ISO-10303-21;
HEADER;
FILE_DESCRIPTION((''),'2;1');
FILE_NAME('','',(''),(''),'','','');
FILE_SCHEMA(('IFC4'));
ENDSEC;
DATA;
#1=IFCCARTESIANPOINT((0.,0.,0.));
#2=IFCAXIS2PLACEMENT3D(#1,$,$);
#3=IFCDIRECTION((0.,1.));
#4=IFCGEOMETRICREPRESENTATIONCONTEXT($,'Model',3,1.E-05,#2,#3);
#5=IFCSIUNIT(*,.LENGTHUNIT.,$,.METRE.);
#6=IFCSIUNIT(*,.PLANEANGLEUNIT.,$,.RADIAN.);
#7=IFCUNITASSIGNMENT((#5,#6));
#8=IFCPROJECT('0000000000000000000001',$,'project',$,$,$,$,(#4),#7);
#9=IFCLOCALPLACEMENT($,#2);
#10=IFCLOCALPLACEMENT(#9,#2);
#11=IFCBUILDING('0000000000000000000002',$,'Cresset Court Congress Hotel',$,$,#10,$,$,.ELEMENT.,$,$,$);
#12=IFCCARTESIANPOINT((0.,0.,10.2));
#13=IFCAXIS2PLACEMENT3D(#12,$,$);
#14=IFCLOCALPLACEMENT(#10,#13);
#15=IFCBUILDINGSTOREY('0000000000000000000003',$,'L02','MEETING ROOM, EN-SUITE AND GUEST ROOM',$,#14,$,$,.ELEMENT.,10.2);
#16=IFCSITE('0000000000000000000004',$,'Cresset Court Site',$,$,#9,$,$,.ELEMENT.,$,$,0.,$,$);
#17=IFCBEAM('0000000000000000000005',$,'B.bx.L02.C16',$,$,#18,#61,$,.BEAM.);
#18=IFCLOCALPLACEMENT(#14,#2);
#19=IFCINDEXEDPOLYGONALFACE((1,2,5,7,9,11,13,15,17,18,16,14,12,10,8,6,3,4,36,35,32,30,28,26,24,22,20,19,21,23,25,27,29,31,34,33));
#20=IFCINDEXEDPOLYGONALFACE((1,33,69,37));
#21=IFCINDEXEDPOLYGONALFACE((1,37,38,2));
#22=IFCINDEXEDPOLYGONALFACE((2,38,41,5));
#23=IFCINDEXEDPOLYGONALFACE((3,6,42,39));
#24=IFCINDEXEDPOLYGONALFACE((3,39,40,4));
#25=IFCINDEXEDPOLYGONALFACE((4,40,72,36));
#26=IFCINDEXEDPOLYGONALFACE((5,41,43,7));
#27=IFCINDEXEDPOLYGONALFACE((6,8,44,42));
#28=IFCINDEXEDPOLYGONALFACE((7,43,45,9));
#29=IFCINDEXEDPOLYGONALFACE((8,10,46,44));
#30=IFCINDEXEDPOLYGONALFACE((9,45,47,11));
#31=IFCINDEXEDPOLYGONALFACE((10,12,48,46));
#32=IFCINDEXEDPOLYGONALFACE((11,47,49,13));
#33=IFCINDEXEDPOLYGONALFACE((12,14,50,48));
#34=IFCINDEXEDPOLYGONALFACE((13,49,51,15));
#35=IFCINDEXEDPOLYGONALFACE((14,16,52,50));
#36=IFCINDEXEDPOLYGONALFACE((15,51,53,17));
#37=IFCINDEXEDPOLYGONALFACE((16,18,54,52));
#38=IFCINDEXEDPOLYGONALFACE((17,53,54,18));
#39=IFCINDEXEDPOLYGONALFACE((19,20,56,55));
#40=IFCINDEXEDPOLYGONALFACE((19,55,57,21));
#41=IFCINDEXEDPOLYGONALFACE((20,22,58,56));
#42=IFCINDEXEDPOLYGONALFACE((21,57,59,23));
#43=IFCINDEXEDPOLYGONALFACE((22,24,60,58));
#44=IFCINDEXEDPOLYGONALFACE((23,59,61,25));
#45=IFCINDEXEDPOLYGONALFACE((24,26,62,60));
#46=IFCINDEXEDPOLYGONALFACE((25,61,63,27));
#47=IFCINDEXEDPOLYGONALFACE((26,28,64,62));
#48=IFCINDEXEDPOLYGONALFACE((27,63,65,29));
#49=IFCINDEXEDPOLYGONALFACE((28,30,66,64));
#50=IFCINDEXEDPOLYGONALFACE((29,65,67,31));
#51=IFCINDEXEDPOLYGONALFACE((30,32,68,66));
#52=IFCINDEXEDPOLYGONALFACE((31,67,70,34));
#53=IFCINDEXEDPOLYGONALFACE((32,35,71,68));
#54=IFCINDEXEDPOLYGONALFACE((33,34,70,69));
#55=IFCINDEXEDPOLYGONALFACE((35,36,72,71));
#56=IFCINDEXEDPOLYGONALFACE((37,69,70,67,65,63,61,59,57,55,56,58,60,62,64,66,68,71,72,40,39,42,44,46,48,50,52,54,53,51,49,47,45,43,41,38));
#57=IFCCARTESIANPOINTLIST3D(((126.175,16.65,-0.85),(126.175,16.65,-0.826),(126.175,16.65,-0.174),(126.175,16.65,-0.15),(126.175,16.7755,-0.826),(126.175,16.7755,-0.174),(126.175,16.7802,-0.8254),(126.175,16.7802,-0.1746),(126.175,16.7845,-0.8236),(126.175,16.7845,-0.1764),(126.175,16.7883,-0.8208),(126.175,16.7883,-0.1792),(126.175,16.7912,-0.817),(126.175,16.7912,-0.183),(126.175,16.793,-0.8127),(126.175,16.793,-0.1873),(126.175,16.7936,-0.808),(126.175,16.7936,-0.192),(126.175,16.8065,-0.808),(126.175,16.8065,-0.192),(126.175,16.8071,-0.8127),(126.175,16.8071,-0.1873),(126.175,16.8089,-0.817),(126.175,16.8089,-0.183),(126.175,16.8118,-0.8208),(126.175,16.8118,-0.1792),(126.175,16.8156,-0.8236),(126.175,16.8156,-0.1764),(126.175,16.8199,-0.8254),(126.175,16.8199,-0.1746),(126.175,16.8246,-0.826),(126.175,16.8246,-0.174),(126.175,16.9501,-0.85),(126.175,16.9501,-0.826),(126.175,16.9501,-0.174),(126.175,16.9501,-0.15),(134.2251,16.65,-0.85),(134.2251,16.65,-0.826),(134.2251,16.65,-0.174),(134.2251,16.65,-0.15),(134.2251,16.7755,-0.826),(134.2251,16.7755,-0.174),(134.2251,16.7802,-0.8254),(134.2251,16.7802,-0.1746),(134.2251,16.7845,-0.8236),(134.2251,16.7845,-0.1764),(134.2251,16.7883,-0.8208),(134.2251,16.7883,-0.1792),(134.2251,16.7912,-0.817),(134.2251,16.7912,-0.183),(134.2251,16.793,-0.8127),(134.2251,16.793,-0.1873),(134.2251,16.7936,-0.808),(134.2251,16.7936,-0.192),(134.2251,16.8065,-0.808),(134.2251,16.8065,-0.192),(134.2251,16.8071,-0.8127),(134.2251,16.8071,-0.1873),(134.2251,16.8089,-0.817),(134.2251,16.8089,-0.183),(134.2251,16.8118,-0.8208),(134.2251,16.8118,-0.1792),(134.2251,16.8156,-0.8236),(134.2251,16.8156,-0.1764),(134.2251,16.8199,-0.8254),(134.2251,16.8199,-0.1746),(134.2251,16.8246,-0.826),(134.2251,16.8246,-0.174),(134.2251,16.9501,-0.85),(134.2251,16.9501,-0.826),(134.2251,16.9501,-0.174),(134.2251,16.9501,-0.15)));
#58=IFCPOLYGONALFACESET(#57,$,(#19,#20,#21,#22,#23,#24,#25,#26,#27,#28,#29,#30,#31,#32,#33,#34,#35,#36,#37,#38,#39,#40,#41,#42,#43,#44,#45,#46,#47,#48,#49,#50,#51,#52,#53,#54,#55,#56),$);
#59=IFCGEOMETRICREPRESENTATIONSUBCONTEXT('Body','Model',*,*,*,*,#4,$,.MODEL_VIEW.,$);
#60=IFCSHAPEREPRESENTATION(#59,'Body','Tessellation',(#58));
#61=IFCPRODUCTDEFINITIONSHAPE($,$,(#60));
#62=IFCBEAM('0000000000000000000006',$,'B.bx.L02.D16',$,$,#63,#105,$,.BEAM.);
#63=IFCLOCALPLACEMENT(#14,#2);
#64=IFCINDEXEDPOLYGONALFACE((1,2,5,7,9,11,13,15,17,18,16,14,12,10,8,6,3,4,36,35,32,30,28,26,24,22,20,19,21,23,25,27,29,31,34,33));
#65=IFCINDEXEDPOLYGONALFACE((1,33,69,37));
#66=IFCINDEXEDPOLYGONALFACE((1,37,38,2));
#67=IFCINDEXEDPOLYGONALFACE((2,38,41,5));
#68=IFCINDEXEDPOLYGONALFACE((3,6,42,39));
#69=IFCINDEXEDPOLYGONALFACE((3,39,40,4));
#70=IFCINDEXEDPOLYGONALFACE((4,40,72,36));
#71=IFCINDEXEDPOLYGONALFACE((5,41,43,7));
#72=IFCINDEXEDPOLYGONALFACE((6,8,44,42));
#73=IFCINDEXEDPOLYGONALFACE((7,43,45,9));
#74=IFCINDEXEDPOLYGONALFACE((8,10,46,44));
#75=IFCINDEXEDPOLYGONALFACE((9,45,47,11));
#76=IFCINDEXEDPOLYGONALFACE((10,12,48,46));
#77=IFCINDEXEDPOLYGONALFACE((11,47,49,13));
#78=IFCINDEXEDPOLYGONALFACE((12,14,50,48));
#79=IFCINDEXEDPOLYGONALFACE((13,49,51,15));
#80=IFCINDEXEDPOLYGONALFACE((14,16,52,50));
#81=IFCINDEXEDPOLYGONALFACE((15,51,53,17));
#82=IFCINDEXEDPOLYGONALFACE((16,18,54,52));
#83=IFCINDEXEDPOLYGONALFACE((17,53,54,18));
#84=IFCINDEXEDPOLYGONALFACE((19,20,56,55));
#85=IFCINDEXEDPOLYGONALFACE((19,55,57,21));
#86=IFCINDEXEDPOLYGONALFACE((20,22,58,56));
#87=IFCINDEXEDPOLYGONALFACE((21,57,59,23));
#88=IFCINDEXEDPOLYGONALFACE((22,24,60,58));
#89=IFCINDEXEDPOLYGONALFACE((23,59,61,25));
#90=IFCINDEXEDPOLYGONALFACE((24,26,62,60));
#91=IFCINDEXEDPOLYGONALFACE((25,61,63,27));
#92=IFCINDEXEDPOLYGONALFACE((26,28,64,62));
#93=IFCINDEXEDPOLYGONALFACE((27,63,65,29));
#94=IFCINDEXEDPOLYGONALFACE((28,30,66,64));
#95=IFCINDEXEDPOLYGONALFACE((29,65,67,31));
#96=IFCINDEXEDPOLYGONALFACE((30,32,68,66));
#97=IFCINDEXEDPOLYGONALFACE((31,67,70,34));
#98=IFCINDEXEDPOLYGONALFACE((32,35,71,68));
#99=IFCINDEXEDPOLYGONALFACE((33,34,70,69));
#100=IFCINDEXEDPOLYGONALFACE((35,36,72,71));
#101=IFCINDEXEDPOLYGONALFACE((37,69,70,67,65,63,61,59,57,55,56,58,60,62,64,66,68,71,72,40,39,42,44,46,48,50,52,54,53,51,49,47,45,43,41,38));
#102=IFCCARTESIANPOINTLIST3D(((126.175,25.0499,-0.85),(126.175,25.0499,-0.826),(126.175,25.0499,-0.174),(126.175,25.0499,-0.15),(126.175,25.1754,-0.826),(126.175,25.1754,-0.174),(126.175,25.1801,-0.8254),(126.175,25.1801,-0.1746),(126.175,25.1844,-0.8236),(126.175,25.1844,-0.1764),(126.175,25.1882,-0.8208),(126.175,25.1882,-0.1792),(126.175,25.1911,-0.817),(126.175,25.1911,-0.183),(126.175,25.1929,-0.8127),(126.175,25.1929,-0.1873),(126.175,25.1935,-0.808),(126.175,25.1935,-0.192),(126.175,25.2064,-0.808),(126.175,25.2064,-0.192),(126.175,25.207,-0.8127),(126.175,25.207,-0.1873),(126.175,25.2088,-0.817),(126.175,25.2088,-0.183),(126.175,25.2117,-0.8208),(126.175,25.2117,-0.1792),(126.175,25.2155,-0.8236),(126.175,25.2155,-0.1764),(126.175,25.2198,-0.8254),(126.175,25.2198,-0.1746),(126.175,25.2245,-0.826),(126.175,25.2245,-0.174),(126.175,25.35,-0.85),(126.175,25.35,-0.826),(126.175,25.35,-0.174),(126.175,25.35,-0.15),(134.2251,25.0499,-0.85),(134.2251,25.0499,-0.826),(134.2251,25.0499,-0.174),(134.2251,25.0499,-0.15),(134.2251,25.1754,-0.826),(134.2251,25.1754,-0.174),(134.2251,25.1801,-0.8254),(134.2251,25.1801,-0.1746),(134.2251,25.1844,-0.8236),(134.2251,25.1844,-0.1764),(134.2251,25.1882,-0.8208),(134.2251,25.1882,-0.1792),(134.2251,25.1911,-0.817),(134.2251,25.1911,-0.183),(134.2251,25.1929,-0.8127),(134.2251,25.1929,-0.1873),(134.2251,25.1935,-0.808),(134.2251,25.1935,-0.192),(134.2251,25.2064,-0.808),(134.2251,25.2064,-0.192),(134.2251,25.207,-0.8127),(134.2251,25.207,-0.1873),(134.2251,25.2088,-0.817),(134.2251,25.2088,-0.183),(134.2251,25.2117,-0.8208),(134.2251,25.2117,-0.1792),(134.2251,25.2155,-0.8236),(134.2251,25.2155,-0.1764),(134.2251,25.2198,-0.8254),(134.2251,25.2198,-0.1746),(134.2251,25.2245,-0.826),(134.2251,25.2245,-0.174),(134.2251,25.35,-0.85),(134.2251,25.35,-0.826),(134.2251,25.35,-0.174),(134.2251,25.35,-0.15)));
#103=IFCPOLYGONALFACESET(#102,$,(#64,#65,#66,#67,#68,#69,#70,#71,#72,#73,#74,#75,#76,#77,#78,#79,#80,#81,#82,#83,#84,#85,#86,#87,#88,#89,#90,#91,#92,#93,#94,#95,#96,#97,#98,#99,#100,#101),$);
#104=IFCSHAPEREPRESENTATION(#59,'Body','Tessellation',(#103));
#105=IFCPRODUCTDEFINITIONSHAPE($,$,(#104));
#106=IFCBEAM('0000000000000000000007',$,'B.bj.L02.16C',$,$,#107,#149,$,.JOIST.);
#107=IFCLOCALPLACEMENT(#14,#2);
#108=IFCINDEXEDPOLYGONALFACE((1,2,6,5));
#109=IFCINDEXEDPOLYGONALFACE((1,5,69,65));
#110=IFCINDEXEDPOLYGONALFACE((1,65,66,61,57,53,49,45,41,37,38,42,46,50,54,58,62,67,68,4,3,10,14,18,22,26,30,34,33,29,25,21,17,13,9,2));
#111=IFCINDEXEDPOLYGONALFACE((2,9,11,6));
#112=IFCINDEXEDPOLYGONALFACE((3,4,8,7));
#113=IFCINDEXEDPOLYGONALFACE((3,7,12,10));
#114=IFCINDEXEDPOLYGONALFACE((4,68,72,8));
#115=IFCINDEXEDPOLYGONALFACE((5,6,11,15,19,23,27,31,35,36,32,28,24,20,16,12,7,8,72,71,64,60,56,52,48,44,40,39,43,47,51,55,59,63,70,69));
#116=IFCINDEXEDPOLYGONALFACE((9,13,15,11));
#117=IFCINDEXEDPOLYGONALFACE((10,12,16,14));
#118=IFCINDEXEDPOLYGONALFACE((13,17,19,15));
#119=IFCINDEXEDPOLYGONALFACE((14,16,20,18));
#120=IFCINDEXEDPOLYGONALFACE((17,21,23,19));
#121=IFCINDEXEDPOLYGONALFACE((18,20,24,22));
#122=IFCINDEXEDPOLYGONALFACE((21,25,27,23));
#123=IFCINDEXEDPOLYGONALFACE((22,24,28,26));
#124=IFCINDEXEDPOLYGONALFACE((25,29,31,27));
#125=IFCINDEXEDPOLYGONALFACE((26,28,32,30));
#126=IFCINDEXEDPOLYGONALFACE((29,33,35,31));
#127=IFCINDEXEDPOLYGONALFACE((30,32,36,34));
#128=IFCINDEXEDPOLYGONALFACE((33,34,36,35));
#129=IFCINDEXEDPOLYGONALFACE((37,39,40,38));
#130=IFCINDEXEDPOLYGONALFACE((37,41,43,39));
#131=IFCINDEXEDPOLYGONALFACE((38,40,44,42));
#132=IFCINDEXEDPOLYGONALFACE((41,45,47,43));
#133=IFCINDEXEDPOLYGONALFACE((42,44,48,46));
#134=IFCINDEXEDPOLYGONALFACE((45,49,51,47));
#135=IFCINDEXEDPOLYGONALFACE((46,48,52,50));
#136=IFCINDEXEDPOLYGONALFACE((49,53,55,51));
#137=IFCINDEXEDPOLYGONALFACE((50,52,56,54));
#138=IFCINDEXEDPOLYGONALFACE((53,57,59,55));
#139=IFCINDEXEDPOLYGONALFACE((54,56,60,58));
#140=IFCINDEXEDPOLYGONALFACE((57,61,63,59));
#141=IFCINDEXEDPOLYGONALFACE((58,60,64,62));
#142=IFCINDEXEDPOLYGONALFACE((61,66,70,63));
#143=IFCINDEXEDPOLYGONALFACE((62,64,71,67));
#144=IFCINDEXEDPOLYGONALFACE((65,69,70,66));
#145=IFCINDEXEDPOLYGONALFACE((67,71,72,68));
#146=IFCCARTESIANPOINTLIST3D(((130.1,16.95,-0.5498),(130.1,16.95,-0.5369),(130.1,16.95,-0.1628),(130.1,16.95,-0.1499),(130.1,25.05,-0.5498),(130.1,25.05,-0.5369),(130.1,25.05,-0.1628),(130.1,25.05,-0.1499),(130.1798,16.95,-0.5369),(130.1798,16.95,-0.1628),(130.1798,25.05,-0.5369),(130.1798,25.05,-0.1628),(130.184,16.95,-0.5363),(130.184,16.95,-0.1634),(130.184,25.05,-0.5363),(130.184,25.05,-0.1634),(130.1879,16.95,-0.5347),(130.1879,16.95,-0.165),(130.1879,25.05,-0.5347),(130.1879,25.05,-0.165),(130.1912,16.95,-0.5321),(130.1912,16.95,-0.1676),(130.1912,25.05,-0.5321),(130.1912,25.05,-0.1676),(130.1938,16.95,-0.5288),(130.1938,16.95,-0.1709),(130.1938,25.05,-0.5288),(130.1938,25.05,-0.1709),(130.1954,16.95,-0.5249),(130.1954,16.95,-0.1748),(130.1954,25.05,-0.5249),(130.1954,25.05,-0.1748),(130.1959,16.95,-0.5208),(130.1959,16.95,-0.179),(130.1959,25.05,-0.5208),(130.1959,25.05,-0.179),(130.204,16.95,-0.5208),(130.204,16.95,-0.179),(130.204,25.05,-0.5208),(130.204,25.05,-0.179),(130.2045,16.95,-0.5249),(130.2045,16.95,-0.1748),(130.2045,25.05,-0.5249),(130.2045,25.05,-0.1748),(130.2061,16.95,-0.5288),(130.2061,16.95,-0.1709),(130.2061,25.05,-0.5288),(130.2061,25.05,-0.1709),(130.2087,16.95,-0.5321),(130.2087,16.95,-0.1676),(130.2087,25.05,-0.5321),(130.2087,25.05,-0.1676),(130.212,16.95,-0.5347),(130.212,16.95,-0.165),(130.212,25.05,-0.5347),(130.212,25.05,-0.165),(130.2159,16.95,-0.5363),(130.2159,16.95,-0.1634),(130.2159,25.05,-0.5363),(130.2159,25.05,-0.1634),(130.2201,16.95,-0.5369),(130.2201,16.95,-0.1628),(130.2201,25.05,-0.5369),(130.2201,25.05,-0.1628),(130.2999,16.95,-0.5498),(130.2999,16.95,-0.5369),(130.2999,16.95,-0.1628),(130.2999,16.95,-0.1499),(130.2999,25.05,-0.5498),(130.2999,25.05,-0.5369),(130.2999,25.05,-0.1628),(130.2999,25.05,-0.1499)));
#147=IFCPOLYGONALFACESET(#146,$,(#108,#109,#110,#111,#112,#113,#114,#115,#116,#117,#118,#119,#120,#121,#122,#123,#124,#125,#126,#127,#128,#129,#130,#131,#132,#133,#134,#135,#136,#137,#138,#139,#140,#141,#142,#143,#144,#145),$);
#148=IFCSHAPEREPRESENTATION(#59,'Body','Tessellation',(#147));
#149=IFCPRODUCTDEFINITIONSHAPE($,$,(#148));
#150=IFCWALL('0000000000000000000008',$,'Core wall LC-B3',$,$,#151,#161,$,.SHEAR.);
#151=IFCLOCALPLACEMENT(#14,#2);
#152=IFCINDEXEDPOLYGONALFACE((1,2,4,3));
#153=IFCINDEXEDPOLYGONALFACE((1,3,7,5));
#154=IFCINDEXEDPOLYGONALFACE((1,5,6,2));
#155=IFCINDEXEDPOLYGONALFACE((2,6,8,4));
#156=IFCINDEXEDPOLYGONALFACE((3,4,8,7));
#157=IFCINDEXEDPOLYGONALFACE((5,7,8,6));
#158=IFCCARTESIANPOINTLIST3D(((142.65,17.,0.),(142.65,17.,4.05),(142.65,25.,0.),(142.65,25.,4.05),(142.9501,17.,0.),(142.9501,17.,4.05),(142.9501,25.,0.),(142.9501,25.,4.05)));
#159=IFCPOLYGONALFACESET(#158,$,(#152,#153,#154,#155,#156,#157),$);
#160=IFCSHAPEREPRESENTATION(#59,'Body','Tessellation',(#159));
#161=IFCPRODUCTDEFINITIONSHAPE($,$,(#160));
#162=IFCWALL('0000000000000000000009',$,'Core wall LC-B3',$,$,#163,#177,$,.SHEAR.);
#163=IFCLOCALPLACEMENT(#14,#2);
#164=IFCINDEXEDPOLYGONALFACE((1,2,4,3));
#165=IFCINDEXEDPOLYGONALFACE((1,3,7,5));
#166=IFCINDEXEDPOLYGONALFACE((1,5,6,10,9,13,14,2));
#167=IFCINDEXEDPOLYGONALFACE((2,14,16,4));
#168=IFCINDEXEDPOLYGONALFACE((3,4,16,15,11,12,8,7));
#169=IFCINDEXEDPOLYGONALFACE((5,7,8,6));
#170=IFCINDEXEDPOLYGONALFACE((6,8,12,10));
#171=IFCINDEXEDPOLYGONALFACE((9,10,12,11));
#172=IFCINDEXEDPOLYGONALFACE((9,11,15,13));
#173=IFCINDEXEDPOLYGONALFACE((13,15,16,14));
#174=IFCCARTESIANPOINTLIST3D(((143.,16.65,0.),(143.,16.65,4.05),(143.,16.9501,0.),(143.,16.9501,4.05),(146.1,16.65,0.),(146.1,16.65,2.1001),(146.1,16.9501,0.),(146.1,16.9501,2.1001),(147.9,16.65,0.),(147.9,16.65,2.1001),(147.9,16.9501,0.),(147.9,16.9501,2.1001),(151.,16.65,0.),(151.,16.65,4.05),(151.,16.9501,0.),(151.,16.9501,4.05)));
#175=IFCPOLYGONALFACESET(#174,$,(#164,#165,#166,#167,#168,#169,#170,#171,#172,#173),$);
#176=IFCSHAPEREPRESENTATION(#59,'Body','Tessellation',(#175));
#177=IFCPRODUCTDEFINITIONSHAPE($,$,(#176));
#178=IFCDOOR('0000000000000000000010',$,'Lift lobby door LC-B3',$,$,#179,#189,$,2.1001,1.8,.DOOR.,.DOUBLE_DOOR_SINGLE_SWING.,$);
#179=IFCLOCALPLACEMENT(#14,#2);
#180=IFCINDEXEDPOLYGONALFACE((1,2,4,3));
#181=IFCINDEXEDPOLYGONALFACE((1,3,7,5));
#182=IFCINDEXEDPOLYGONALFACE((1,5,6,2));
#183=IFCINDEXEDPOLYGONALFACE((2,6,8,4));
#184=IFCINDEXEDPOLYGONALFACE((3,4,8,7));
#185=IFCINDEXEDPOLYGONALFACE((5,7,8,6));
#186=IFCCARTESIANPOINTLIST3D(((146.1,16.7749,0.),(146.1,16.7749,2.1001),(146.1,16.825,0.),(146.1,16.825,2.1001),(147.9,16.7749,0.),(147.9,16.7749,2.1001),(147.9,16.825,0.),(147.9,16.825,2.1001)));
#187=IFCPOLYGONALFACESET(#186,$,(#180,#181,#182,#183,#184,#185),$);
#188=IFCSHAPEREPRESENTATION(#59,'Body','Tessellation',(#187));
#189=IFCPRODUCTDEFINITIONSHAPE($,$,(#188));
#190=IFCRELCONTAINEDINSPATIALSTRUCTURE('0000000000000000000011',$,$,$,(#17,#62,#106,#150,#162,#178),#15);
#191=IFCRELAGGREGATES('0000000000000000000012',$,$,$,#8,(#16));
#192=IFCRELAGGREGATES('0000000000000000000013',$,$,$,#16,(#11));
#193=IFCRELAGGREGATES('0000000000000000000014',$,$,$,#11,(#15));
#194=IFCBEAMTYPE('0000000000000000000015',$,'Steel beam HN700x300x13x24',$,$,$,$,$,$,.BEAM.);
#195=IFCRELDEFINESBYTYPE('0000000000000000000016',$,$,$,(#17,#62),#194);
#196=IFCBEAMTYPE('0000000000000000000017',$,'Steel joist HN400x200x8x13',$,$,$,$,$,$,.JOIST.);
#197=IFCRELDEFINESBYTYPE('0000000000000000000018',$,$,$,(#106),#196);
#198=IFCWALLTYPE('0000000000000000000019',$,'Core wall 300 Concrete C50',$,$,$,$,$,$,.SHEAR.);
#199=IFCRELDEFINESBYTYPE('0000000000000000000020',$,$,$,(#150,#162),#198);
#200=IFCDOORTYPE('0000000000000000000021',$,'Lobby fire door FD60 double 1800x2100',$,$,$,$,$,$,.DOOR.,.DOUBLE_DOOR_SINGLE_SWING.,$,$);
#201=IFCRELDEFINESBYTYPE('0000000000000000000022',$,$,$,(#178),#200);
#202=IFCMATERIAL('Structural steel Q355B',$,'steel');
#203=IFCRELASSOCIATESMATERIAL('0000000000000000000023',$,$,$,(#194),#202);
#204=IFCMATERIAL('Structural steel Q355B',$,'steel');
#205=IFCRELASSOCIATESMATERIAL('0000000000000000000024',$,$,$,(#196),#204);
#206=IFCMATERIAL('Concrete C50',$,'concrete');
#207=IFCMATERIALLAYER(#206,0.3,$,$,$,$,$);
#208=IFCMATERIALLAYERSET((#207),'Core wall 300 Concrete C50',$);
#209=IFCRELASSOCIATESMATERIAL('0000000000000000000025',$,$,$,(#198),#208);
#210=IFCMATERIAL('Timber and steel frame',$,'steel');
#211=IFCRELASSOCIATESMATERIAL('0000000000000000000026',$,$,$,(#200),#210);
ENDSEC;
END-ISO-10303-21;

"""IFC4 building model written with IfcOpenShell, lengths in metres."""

from ifc_helpers import new_model, si_unit, direction, frame, frame_2d, origin, origin_2d, place, context, subcontext, project, spatial, rectangle, i_section, extrude, material, layer, layer_set, material_profile, profile_set, type_object, element, fill, save


model = new_model("IFC4")

# Units and contexts
model_context = context("Model", 3, precision=1e-05, world=origin(), true_north=direction((0.0, 1.0)))
body_context = subcontext(model_context, "Body", "Model", "MODEL_VIEW")
ifc_project = project(units=[si_unit("LENGTHUNIT", "METRE"), si_unit("PLANEANGLEUNIT", "RADIAN")], contexts=[model_context])

# Site, building, storey
site_placement = place(None, origin())
site = spatial("IfcSite", under=ifc_project, at=site_placement, Name="Cresset Court Site", CompositionType="ELEMENT", RefElevation=0.0)
building_placement = place(site_placement, origin())
building = spatial("IfcBuilding", under=site, at=building_placement, Name="Cresset Court Congress Hotel", CompositionType="ELEMENT")
storey_placement = place(building_placement, frame((0.0, 0.0, 10.2)))
storey = spatial("IfcBuildingStorey", under=building, at=storey_placement, Name="L02", Description="MEETING ROOM, EN-SUITE AND GUEST ROOM", CompositionType="ELEMENT", Elevation=10.2)

# Beams
ifc_material_1 = material(Name="Structural steel Q355B", Category="steel")
ifc_material_profile_1 = material_profile(ifc_material_1, i_section(OverallWidth=0.3, OverallDepth=0.7, WebThickness=0.0129, FlangeThickness=0.0239, FilletRadius=0.0181, at=origin_2d()), Name="HN700x300x13x24")
ifc_profile_set_1 = profile_set([ifc_material_profile_1], Name="Structural steel Q355B")
beam_type_1 = type_object("IfcBeamType", Name="Steel beam HN700x300x13x24", PredefinedType="BEAM", material=ifc_profile_set_1)
for number, where, z_axis, x_axis, name in (
    (1, (126.175, 16.8, -0.5), (1.0, 0.0, 0.0), (0.0, 1.0, 0.0), "B.bx.L02.C16"),
    (2, (126.175, 25.2, -0.5), (1.0, 0.0, 0.0), (0.0, 1.0, 0.0), "B.bx.L02.D16"),
):
    element("IfcBeam", number, at=place(storey_placement, frame(where, z_axis=z_axis, x_axis=x_axis)), inside=storey, type_object=beam_type_1, Name=name, PredefinedType="BEAM", context=body_context, shape_type="SweptSolid", body=[
        extrude(i_section(OverallWidth=0.3, OverallDepth=0.7, WebThickness=0.0129, FlangeThickness=0.0239, FilletRadius=0.0181, at=origin_2d()), origin(), (0.0, 0.0, 1.0), 8.05),
    ])
ifc_material_2 = material(Name="Structural steel Q355B", Category="steel")
ifc_material_profile_2 = material_profile(ifc_material_2, i_section(OverallWidth=0.2, OverallDepth=0.3999, WebThickness=0.0081, FlangeThickness=0.0129, FilletRadius=0.0161, at=origin_2d()), Name="HN400x200x8x13")
ifc_profile_set_2 = profile_set([ifc_material_profile_2], Name="Structural steel Q355B")
beam_type_2 = type_object("IfcBeamType", Name="Steel joist HN400x200x8x13", PredefinedType="JOIST", material=ifc_profile_set_2)
beam_1_placement = place(storey_placement, frame((130.2, 16.95, -0.3499), z_axis=(0.0, 1.0, 0.0), x_axis=(-1.0, 0.0, 0.0)))
element("IfcBeam", 3, at=beam_1_placement, inside=storey, type_object=beam_type_2, Name="B.bj.L02.16C", PredefinedType="JOIST", context=body_context, shape_type="SweptSolid", body=[
    extrude(i_section(OverallWidth=0.2, OverallDepth=0.3999, WebThickness=0.0081, FlangeThickness=0.0129, FilletRadius=0.0161, at=origin_2d()), origin(), (0.0, 0.0, 1.0), 8.1001),
])

# Wall
ifc_material_3 = material(Name="Concrete C50", Category="concrete")
ifc_layer_1 = layer(ifc_material_3, 0.3)
ifc_layer_set_1 = layer_set([ifc_layer_1], Name="Core wall 300 Concrete C50")
wall_type_1 = type_object("IfcWallType", Name="Core wall 300 Concrete C50", PredefinedType="SHEAR", material=ifc_layer_set_1)
wall_1_placement = place(storey_placement, frame((142.8, 17.0, 0.0), z_axis=(0.0, 0.0, 1.0), x_axis=(0.0, 1.0, 0.0)))
element("IfcWall", 4, at=wall_1_placement, inside=storey, type_object=wall_type_1, Name="Core wall LC-B3", PredefinedType="SHEAR", context=body_context, shape_type="SweptSolid", body=[
    extrude(rectangle(XDim=8.0, YDim=0.3, at=frame_2d((4.0, 0.0))), origin(), (0.0, 0.0, 1.0), 4.05),
])

# Wall, opening, door
wall_2_placement = place(storey_placement, frame((143.0, 16.8, 0.0), z_axis=(0.0, 0.0, 1.0), x_axis=(1.0, 0.0, 0.0)))
wall_2 = element("IfcWall", 5, at=wall_2_placement, inside=storey, type_object=wall_type_1, Name="Core wall LC-B3", PredefinedType="SHEAR", context=body_context, shape_type="SweptSolid", body=[
    extrude(rectangle(XDim=8.0, YDim=0.3, at=frame_2d((4.0, 0.0))), origin(), (0.0, 0.0, 1.0), 4.05),
])
opening_1_placement = place(wall_2_placement, frame((3.1001, 0.0, 0.0)))
opening_1 = element("IfcOpeningElement", 6, at=opening_1_placement, cuts=wall_2, PredefinedType="OPENING", context=body_context, shape_type="SweptSolid", body=[
    extrude(rectangle(XDim=1.8, YDim=2.1001, at=frame_2d((0.8999, 1.05))), frame((0.0, 0.1599, 0.0), z_axis=(0.0, -1.0, 0.0), x_axis=(1.0, 0.0, 0.0)), (0.0, 0.0, 1.0), 0.3201),
])
ifc_material_4 = material(Name="Timber and steel frame", Category="steel")
door_type_1 = type_object("IfcDoorType", Name="Lobby fire door FD60 double 1800x2100", OperationType="DOUBLE_DOOR_SINGLE_SWING", PredefinedType="DOOR", material=ifc_material_4)
door_1_placement = place(opening_1_placement, origin())
door_1 = element("IfcDoor", 7, at=door_1_placement, inside=storey, type_object=door_type_1, Name="Lift lobby door LC-B3", OperationType="DOUBLE_DOOR_SINGLE_SWING", OverallHeight=2.1001, OverallWidth=1.8, PredefinedType="DOOR", context=body_context, shape_type="SweptSolid", body=[
    extrude(rectangle(XDim=1.8, YDim=2.1001, at=frame_2d((0.8999, 1.05))), frame((0.0, 0.0249, 0.0), z_axis=(0.0, -1.0, 0.0), x_axis=(1.0, 0.0, 0.0)), (0.0, 0.0, 1.0), 0.05),
])
fill(opening_1, door_1)

save(model, "model.ifc")
